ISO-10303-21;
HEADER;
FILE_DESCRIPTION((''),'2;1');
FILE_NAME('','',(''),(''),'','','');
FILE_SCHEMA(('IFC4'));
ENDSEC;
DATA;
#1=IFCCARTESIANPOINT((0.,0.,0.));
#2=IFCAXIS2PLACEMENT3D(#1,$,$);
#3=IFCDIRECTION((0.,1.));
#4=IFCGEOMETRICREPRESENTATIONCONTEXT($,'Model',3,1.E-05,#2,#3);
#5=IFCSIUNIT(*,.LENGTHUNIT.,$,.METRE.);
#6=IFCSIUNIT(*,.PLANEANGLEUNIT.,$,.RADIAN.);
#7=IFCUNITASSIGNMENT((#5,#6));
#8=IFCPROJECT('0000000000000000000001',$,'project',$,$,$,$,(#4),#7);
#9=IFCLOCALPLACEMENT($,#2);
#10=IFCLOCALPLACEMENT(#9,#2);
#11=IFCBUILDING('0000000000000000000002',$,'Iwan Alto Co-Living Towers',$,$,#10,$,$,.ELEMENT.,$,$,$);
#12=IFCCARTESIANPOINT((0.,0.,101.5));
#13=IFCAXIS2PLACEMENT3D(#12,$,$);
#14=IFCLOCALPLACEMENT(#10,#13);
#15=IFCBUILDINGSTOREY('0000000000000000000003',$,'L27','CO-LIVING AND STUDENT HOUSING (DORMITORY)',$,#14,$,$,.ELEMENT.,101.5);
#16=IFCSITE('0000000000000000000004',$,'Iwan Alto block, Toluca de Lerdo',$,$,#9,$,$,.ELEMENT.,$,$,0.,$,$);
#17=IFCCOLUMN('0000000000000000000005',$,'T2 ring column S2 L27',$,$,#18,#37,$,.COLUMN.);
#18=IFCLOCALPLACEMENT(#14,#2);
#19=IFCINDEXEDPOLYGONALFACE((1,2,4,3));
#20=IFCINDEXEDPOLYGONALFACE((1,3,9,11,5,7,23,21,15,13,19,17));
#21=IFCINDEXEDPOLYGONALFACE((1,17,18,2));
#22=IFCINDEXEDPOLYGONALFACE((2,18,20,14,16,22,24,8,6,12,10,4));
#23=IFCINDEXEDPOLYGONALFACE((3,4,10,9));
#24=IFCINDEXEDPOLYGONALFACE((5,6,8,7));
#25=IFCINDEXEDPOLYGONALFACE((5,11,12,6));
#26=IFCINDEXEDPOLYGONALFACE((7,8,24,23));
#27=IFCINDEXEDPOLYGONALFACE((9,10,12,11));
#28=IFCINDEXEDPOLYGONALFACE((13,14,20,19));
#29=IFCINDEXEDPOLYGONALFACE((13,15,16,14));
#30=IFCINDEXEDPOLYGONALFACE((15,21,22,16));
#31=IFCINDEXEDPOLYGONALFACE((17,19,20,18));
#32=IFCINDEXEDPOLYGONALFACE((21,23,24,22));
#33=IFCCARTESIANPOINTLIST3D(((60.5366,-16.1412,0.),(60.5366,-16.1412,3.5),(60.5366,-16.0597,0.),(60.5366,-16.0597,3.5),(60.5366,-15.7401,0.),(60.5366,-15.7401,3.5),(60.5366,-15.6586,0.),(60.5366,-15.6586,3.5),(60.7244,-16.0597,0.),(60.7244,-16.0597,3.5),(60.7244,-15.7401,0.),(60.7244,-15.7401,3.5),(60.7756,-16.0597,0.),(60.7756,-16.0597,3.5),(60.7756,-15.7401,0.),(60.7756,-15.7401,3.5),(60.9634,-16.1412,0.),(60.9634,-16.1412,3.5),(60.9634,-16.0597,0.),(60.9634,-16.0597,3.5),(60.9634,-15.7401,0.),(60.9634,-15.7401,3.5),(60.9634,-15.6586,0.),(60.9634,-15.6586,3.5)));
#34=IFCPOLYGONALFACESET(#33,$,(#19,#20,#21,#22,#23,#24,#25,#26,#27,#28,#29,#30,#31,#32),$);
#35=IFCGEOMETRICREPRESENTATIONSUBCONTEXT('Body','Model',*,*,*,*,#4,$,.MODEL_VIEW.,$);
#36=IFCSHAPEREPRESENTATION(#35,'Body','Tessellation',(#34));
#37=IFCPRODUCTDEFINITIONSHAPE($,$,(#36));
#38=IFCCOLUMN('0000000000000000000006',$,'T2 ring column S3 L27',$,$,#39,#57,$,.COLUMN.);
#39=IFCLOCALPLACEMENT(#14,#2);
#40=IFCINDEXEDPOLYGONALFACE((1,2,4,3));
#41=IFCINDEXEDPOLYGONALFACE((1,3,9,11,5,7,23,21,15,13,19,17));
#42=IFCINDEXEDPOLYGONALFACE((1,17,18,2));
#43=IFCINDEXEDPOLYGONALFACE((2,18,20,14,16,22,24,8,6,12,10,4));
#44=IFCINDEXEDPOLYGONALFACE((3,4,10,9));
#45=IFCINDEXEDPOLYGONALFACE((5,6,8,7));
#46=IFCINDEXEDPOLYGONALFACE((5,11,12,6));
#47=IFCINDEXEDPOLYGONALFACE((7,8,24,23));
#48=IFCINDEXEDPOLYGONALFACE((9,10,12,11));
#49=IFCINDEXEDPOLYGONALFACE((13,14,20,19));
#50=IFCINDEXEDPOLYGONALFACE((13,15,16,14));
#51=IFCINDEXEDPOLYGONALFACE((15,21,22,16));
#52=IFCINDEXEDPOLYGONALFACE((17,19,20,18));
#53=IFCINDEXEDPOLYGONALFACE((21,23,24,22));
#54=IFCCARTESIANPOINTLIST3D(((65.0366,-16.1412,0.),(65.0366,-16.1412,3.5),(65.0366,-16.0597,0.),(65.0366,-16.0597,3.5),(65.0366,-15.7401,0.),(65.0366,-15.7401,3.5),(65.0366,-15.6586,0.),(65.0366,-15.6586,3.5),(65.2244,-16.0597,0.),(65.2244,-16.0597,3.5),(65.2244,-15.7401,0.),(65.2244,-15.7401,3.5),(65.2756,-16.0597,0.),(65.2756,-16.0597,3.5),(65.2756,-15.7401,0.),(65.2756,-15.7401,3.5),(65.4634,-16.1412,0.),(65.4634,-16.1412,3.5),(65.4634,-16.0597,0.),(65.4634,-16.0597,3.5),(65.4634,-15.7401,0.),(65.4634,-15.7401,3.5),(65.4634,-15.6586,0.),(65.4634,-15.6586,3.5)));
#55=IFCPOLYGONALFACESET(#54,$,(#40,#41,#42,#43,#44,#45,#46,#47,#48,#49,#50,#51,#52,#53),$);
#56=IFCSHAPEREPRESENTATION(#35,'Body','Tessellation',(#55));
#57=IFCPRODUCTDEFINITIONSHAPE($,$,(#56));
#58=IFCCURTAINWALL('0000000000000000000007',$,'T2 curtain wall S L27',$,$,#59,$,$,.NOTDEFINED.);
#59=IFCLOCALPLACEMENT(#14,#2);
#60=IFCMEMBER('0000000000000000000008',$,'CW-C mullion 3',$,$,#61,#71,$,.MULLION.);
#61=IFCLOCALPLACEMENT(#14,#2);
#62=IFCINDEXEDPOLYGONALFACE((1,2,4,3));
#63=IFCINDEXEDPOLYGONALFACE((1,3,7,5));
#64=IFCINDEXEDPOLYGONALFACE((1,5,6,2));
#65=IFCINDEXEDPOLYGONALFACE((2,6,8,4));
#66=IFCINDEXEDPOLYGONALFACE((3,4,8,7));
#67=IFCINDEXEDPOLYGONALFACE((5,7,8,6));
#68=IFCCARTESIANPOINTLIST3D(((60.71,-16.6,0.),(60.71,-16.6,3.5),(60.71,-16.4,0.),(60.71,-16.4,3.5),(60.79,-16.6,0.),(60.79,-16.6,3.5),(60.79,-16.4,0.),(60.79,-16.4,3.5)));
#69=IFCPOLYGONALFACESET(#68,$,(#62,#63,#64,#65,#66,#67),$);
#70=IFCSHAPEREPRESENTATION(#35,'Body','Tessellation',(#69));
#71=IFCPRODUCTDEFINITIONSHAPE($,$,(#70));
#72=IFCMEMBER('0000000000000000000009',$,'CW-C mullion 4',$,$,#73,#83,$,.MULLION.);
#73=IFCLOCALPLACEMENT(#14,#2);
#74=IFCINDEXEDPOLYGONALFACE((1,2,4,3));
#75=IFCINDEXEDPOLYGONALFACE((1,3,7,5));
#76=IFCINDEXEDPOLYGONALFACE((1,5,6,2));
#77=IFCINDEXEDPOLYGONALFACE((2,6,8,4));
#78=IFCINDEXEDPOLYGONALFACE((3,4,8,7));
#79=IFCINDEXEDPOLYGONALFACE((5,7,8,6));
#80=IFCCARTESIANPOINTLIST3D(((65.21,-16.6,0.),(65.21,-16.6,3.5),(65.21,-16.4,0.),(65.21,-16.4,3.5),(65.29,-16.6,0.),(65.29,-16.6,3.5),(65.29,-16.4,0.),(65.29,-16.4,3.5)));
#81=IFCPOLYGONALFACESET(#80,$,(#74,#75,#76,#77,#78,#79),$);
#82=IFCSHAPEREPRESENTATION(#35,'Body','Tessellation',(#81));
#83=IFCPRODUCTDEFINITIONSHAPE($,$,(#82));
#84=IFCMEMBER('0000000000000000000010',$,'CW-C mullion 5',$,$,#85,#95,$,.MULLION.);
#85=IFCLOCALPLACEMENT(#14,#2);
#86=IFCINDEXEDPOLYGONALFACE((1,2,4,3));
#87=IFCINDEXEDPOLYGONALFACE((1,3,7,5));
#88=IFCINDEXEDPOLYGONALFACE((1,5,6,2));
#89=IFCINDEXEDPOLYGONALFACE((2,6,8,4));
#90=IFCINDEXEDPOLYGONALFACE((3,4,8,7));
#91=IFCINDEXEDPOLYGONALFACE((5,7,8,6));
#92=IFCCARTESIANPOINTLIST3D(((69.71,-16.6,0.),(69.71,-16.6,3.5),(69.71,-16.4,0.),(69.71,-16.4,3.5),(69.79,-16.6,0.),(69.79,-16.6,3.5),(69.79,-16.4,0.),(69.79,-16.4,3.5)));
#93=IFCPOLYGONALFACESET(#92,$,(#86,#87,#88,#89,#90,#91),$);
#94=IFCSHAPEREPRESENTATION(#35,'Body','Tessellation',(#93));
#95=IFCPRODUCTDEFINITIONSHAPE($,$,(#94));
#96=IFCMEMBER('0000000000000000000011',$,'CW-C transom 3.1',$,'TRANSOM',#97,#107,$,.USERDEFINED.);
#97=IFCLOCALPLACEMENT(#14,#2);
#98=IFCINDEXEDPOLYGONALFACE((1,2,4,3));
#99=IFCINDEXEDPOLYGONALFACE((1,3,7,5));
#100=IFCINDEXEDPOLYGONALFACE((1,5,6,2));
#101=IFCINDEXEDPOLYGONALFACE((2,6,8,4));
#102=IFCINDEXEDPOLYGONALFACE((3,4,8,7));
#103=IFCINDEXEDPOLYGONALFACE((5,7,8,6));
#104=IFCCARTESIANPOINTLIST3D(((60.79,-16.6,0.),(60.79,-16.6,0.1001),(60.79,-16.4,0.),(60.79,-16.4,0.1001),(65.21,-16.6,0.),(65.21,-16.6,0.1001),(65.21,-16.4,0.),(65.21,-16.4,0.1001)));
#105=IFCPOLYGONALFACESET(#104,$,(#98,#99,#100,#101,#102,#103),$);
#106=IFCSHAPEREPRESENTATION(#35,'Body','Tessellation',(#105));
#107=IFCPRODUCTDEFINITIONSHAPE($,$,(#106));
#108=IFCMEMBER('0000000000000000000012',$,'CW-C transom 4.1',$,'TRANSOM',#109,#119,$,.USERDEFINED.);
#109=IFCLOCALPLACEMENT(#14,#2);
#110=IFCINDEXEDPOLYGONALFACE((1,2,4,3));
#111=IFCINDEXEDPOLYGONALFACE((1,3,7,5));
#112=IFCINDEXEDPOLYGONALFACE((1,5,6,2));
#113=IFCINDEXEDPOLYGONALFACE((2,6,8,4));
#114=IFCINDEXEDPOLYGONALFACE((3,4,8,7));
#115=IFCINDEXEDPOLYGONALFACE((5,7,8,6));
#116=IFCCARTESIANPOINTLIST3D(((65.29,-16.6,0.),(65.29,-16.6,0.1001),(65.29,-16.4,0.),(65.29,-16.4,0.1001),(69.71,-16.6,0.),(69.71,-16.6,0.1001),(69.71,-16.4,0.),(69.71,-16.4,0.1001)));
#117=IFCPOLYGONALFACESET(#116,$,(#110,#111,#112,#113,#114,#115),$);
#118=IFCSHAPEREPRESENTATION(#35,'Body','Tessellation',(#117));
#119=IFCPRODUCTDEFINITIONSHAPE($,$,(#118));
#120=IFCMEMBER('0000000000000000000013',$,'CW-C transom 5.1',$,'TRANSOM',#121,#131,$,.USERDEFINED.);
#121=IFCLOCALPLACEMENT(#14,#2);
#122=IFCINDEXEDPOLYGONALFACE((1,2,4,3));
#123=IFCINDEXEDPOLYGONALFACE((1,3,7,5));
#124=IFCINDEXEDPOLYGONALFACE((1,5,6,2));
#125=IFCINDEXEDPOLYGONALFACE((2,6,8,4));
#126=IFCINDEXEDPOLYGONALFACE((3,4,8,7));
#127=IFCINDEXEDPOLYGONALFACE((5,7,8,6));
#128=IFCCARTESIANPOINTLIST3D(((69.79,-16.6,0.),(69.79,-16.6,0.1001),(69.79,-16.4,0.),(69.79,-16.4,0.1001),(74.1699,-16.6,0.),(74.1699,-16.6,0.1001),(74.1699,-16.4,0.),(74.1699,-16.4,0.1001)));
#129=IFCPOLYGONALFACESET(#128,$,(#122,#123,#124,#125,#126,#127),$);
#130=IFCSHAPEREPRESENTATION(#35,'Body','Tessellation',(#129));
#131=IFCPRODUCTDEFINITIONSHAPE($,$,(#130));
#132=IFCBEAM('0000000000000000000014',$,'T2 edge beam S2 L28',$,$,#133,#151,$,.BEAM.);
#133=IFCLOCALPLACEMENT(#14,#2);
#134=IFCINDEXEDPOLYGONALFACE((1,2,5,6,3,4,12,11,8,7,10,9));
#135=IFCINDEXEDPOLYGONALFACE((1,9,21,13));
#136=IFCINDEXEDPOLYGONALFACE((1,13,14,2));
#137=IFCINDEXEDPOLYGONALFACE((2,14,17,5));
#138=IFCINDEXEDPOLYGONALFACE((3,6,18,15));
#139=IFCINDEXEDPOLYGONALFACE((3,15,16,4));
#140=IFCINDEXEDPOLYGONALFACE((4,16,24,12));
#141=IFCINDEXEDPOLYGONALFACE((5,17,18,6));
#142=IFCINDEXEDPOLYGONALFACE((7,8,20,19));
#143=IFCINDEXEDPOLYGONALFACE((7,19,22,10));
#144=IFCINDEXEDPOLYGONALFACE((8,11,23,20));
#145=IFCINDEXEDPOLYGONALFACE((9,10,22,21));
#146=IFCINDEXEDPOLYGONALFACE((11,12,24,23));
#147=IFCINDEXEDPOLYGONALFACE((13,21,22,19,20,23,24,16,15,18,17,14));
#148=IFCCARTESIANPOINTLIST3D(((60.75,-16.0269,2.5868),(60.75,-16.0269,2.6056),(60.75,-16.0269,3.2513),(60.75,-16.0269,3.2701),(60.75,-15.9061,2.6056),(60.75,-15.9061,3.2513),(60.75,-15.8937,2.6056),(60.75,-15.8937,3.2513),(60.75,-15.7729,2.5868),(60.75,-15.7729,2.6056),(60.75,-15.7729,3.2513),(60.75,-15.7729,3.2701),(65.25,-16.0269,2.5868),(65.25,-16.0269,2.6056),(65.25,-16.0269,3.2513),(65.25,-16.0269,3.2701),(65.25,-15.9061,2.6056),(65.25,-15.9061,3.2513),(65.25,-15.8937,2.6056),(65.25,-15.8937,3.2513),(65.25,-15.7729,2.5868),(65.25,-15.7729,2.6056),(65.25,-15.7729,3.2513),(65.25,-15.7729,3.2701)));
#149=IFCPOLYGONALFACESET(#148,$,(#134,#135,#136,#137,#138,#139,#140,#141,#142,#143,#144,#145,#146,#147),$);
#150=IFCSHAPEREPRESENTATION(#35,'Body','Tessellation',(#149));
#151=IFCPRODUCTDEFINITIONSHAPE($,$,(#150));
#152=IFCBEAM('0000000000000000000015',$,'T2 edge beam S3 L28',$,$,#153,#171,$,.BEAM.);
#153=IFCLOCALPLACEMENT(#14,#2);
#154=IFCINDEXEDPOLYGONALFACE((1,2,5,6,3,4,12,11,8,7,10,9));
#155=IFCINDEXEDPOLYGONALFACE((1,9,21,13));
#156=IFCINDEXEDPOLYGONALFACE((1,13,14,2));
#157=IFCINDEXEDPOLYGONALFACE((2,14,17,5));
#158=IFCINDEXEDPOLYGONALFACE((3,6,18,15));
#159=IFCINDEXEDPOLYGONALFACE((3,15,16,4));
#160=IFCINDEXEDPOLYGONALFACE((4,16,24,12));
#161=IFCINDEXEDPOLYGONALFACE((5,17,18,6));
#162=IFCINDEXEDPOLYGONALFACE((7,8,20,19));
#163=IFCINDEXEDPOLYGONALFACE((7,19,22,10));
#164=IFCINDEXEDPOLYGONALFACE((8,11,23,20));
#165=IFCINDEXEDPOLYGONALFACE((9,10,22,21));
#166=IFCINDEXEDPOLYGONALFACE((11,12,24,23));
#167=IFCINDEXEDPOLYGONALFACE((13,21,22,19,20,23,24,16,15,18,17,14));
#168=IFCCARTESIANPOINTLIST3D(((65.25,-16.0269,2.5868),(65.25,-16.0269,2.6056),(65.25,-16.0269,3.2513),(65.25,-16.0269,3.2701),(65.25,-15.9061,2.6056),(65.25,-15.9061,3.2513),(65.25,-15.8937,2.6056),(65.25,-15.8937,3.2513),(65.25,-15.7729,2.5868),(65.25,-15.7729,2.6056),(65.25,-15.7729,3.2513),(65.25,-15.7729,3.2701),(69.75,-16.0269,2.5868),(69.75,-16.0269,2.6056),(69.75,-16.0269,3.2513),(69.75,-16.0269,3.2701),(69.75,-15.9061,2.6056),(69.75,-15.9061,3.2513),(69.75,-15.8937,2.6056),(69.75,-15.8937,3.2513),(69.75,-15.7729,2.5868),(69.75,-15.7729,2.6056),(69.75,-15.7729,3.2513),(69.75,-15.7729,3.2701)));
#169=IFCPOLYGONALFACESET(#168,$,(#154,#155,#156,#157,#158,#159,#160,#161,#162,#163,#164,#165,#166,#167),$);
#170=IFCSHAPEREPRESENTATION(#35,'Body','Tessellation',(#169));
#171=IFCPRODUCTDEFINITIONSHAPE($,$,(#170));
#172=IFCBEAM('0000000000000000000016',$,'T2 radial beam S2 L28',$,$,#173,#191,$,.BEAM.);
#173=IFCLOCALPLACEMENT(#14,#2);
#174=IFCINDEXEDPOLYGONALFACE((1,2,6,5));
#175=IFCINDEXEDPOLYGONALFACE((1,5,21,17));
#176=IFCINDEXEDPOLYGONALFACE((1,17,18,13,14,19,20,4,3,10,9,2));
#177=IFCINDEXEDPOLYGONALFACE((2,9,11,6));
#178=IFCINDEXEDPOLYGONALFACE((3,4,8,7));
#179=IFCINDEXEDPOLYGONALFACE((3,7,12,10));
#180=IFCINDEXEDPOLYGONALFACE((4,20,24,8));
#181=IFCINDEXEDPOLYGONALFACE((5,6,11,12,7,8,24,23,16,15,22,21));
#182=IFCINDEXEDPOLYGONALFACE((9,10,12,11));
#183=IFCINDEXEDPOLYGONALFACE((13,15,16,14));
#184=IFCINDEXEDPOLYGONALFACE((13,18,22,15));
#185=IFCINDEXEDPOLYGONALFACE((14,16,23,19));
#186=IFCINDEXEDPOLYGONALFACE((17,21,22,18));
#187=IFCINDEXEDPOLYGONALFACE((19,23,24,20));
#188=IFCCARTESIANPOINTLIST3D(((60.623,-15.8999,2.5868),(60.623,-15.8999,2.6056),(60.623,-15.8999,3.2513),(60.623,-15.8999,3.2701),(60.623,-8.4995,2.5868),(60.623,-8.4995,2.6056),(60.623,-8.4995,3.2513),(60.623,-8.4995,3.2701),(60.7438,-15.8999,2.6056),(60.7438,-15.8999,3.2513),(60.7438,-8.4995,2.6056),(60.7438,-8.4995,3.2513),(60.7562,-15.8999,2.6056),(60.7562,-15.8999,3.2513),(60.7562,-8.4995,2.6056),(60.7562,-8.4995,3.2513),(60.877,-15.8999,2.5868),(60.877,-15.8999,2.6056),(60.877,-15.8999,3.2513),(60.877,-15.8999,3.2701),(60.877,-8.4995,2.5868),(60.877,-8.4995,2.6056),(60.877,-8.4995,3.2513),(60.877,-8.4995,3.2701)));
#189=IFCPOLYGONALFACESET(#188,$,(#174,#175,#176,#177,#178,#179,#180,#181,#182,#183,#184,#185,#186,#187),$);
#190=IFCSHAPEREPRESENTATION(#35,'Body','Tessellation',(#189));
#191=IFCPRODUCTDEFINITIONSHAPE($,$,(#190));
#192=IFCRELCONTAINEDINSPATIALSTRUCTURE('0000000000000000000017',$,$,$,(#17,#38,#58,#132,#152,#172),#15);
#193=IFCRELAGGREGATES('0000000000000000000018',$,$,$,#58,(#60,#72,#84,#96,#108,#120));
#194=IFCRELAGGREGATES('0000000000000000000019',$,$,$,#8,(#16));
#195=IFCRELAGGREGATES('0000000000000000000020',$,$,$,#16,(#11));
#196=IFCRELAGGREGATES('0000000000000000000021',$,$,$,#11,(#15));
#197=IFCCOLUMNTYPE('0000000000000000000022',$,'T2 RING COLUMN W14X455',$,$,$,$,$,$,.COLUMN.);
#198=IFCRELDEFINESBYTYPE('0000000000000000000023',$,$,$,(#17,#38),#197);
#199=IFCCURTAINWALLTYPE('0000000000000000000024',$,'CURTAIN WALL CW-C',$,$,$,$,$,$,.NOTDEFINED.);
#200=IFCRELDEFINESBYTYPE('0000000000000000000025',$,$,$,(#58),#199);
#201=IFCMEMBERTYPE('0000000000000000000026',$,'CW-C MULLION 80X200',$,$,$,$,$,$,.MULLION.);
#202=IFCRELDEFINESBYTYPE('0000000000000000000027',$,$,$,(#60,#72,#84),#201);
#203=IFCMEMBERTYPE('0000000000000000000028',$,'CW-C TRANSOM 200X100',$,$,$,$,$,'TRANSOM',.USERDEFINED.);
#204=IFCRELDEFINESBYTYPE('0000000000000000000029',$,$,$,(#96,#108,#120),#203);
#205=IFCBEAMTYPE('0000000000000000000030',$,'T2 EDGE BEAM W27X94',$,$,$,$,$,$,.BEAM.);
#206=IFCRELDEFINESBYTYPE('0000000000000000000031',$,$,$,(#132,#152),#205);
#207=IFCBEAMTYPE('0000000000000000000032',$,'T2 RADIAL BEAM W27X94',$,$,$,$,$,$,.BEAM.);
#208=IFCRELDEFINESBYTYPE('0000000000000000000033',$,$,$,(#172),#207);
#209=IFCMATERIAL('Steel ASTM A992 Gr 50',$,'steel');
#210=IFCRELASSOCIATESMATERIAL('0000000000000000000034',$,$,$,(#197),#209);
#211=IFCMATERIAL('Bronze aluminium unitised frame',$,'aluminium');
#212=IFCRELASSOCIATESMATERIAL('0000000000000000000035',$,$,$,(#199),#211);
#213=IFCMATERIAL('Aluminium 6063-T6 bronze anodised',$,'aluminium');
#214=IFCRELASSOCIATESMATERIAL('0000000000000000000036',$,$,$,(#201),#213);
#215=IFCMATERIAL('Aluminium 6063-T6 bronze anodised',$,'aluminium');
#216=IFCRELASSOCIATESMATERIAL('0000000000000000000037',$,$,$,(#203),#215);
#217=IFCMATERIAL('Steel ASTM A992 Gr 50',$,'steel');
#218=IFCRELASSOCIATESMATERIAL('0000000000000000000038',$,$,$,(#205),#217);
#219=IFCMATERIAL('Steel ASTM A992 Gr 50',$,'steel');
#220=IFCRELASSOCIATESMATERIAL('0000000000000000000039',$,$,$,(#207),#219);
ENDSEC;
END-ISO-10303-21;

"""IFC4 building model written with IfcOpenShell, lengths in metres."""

from ifc_helpers import new_model, si_unit, direction, frame, origin, origin_2d, place, context, subcontext, project, spatial, rectangle, i_section, extrude, material, material_profile, profile_set, type_object, element, aggregate, save


model = new_model("IFC4")

# Units and contexts
model_context = context("Model", 3, precision=1e-05, world=origin(), true_north=direction((0.0, 1.0)))
body_context = subcontext(model_context, "Body", "Model", "MODEL_VIEW")
ifc_project = project(units=[si_unit("LENGTHUNIT", "METRE"), si_unit("PLANEANGLEUNIT", "RADIAN")], contexts=[model_context])

# Site, building, storey
site_placement = place(None, origin())
site = spatial("IfcSite", under=ifc_project, at=site_placement, Name="Iwan Alto block, Toluca de Lerdo", CompositionType="ELEMENT", RefElevation=0.0)
building_placement = place(site_placement, origin())
building = spatial("IfcBuilding", under=site, at=building_placement, Name="Iwan Alto Co-Living Towers", CompositionType="ELEMENT")
storey_placement = place(building_placement, frame((0.0, 0.0, 101.5)))
storey = spatial("IfcBuildingStorey", under=building, at=storey_placement, Name="L27", Description="CO-LIVING AND STUDENT HOUSING (DORMITORY)", CompositionType="ELEMENT", Elevation=101.5)

# Columns
ifc_material_1 = material(Name="Steel ASTM A992 Gr 50", Category="steel")
ifc_material_profile_1 = material_profile(ifc_material_1, i_section(OverallWidth=0.4268, OverallDepth=0.4827, WebThickness=0.0513, FlangeThickness=0.0815, at=origin_2d()), Name="W14X455")
ifc_profile_set_1 = profile_set([ifc_material_profile_1], Name="Steel ASTM A992 Gr 50")
column_type = type_object("IfcColumnType", Name="T2 RING COLUMN W14X455", PredefinedType="COLUMN", material=ifc_profile_set_1)
for number, where, z_axis, x_axis, name in (
    (1, (60.75, -15.8999, 0.0), (0.0, 0.0, 1.0), (1.0, 0.0, 0.0), "T2 ring column S2 L27"),
    (2, (65.25, -15.8999, 0.0), (0.0, 0.0, 1.0), (1.0, 0.0, 0.0), "T2 ring column S3 L27"),
):
    element("IfcColumn", number, at=place(storey_placement, frame(where, z_axis=z_axis, x_axis=x_axis)), inside=storey, type_object=column_type, Name=name, PredefinedType="COLUMN", context=body_context, shape_type="SweptSolid", body=[
        extrude(i_section(OverallWidth=0.4268, OverallDepth=0.4827, WebThickness=0.0513, FlangeThickness=0.0815, at=origin_2d()), origin(), (0.0, 0.0, 1.0), 3.5),
    ])

# Curtain wall, members
ifc_material_2 = material(Name="Bronze aluminium unitised frame", Category="aluminium")
curtain_wall_type = type_object("IfcCurtainWallType", Name="CURTAIN WALL CW-C", PredefinedType="NOTDEFINED", material=ifc_material_2)
curtain_wall_placement = place(storey_placement, origin())
curtain_wall = element("IfcCurtainWall", 3, at=curtain_wall_placement, inside=storey, type_object=curtain_wall_type, Name="T2 curtain wall S L27", PredefinedType="NOTDEFINED")
ifc_material_3 = material(Name="Aluminium 6063-T6 bronze anodised", Category="aluminium")
ifc_material_profile_2 = material_profile(ifc_material_3, rectangle(XDim=0.2, YDim=0.0801, at=origin_2d()), Name="AL 80X200")
ifc_profile_set_2 = profile_set([ifc_material_profile_2], Name="Aluminium 6063-T6 bronze anodised")
member_type_1 = type_object("IfcMemberType", Name="CW-C MULLION 80X200", PredefinedType="MULLION", material=ifc_profile_set_2)
member_1_placement = place(storey_placement, frame((60.75, -16.5, 0.0), z_axis=(0.0, 0.0, 1.0), x_axis=(0.0, 1.0, 0.0)))
member_1 = element("IfcMember", 4, at=member_1_placement, type_object=member_type_1, Name="CW-C mullion 3", PredefinedType="MULLION", context=body_context, shape_type="SweptSolid", body=[
    extrude(rectangle(XDim=0.2, YDim=0.0801, at=origin_2d()), origin(), (0.0, 0.0, 1.0), 3.5),
])
member_2_placement = place(storey_placement, frame((65.25, -16.5, 0.0), z_axis=(0.0, 0.0, 1.0), x_axis=(0.0, 1.0, 0.0)))
member_2 = element("IfcMember", 5, at=member_2_placement, type_object=member_type_1, Name="CW-C mullion 4", PredefinedType="MULLION", context=body_context, shape_type="SweptSolid", body=[
    extrude(rectangle(XDim=0.2, YDim=0.0801, at=origin_2d()), origin(), (0.0, 0.0, 1.0), 3.5),
])
member_3_placement = place(storey_placement, frame((69.75, -16.5, 0.0), z_axis=(0.0, 0.0, 1.0), x_axis=(0.0, 1.0, 0.0)))
member_3 = element("IfcMember", 6, at=member_3_placement, type_object=member_type_1, Name="CW-C mullion 5", PredefinedType="MULLION", context=body_context, shape_type="SweptSolid", body=[
    extrude(rectangle(XDim=0.2, YDim=0.0801, at=origin_2d()), origin(), (0.0, 0.0, 1.0), 3.5),
])
ifc_material_4 = material(Name="Aluminium 6063-T6 bronze anodised", Category="aluminium")
ifc_material_profile_3 = material_profile(ifc_material_4, rectangle(XDim=0.2, YDim=0.1001, at=origin_2d()), Name="AL 200X100")
ifc_profile_set_3 = profile_set([ifc_material_profile_3], Name="Aluminium 6063-T6 bronze anodised")
member_type_2 = type_object("IfcMemberType", Name="CW-C TRANSOM 200X100", ElementType="TRANSOM", PredefinedType="USERDEFINED", material=ifc_profile_set_3)
member_4_placement = place(storey_placement, frame((60.79, -16.5, 0.05), z_axis=(1.0, 0.0, 0.0), x_axis=(0.0, 1.0, 0.0)))
member_4 = element("IfcMember", 7, at=member_4_placement, type_object=member_type_2, Name="CW-C transom 3.1", ObjectType="TRANSOM", PredefinedType="USERDEFINED", context=body_context, shape_type="SweptSolid", body=[
    extrude(rectangle(XDim=0.2, YDim=0.1001, at=origin_2d()), origin(), (0.0, 0.0, 1.0), 4.4199),
])
member_5_placement = place(storey_placement, frame((65.29, -16.5, 0.05), z_axis=(1.0, 0.0, 0.0), x_axis=(0.0, 1.0, 0.0)))
member_5 = element("IfcMember", 8, at=member_5_placement, type_object=member_type_2, Name="CW-C transom 4.1", ObjectType="TRANSOM", PredefinedType="USERDEFINED", context=body_context, shape_type="SweptSolid", body=[
    extrude(rectangle(XDim=0.2, YDim=0.1001, at=origin_2d()), origin(), (0.0, 0.0, 1.0), 4.4199),
])
member_6_placement = place(storey_placement, frame((69.79, -16.5, 0.05), z_axis=(1.0, 0.0, 0.0), x_axis=(0.0, 1.0, 0.0)))
member_6 = element("IfcMember", 9, at=member_6_placement, type_object=member_type_2, Name="CW-C transom 5.1", ObjectType="TRANSOM", PredefinedType="USERDEFINED", context=body_context, shape_type="SweptSolid", body=[
    extrude(rectangle(XDim=0.2, YDim=0.1001, at=origin_2d()), origin(), (0.0, 0.0, 1.0), 4.3799),
])

# Beams
ifc_material_5 = material(Name="Steel ASTM A992 Gr 50", Category="steel")
ifc_material_profile_4 = material_profile(ifc_material_5, i_section(OverallWidth=0.2539, OverallDepth=0.6833, WebThickness=0.0125, FlangeThickness=0.0188, at=origin_2d()), Name="W27X94")
ifc_profile_set_4 = profile_set([ifc_material_profile_4], Name="Steel ASTM A992 Gr 50")
beam_type_1 = type_object("IfcBeamType", Name="T2 EDGE BEAM W27X94", PredefinedType="BEAM", material=ifc_profile_set_4)
for number, where, z_axis, x_axis, name in (
    (10, (60.75, -15.8999, 2.9285), (1.0, 0.0, 0.0), (0.0, 1.0, 0.0), "T2 edge beam S2 L28"),
    (11, (65.25, -15.8999, 2.9285), (1.0, 0.0, 0.0), (0.0, 1.0, 0.0), "T2 edge beam S3 L28"),
):
    element("IfcBeam", number, at=place(storey_placement, frame(where, z_axis=z_axis, x_axis=x_axis)), inside=storey, type_object=beam_type_1, Name=name, PredefinedType="BEAM", context=body_context, shape_type="SweptSolid", body=[
        extrude(i_section(OverallWidth=0.2539, OverallDepth=0.6833, WebThickness=0.0125, FlangeThickness=0.0188, at=origin_2d()), origin(), (0.0, 0.0, 1.0), 4.5),
    ])
ifc_material_6 = material(Name="Steel ASTM A992 Gr 50", Category="steel")
ifc_material_profile_5 = material_profile(ifc_material_6, i_section(OverallWidth=0.2539, OverallDepth=0.6833, WebThickness=0.0125, FlangeThickness=0.0188, at=origin_2d()), Name="W27X94")
ifc_profile_set_5 = profile_set([ifc_material_profile_5], Name="Steel ASTM A992 Gr 50")
beam_type_2 = type_object("IfcBeamType", Name="T2 RADIAL BEAM W27X94", PredefinedType="BEAM", material=ifc_profile_set_5)
beam_1_placement = place(storey_placement, frame((60.75, -15.8999, 2.9285), z_axis=(0.0, 1.0, 0.0), x_axis=(-1.0, 0.0, 0.0)))
element("IfcBeam", 12, at=beam_1_placement, inside=storey, type_object=beam_type_2, Name="T2 radial beam S2 L28", PredefinedType="BEAM", context=body_context, shape_type="SweptSolid", body=[
    extrude(i_section(OverallWidth=0.2539, OverallDepth=0.6833, WebThickness=0.0125, FlangeThickness=0.0188, at=origin_2d()), origin(), (0.0, 0.0, 1.0), 7.4004),
])

aggregate(curtain_wall, [member_1, member_2, member_3, member_4, member_5, member_6])

save(model, "model.ifc")
